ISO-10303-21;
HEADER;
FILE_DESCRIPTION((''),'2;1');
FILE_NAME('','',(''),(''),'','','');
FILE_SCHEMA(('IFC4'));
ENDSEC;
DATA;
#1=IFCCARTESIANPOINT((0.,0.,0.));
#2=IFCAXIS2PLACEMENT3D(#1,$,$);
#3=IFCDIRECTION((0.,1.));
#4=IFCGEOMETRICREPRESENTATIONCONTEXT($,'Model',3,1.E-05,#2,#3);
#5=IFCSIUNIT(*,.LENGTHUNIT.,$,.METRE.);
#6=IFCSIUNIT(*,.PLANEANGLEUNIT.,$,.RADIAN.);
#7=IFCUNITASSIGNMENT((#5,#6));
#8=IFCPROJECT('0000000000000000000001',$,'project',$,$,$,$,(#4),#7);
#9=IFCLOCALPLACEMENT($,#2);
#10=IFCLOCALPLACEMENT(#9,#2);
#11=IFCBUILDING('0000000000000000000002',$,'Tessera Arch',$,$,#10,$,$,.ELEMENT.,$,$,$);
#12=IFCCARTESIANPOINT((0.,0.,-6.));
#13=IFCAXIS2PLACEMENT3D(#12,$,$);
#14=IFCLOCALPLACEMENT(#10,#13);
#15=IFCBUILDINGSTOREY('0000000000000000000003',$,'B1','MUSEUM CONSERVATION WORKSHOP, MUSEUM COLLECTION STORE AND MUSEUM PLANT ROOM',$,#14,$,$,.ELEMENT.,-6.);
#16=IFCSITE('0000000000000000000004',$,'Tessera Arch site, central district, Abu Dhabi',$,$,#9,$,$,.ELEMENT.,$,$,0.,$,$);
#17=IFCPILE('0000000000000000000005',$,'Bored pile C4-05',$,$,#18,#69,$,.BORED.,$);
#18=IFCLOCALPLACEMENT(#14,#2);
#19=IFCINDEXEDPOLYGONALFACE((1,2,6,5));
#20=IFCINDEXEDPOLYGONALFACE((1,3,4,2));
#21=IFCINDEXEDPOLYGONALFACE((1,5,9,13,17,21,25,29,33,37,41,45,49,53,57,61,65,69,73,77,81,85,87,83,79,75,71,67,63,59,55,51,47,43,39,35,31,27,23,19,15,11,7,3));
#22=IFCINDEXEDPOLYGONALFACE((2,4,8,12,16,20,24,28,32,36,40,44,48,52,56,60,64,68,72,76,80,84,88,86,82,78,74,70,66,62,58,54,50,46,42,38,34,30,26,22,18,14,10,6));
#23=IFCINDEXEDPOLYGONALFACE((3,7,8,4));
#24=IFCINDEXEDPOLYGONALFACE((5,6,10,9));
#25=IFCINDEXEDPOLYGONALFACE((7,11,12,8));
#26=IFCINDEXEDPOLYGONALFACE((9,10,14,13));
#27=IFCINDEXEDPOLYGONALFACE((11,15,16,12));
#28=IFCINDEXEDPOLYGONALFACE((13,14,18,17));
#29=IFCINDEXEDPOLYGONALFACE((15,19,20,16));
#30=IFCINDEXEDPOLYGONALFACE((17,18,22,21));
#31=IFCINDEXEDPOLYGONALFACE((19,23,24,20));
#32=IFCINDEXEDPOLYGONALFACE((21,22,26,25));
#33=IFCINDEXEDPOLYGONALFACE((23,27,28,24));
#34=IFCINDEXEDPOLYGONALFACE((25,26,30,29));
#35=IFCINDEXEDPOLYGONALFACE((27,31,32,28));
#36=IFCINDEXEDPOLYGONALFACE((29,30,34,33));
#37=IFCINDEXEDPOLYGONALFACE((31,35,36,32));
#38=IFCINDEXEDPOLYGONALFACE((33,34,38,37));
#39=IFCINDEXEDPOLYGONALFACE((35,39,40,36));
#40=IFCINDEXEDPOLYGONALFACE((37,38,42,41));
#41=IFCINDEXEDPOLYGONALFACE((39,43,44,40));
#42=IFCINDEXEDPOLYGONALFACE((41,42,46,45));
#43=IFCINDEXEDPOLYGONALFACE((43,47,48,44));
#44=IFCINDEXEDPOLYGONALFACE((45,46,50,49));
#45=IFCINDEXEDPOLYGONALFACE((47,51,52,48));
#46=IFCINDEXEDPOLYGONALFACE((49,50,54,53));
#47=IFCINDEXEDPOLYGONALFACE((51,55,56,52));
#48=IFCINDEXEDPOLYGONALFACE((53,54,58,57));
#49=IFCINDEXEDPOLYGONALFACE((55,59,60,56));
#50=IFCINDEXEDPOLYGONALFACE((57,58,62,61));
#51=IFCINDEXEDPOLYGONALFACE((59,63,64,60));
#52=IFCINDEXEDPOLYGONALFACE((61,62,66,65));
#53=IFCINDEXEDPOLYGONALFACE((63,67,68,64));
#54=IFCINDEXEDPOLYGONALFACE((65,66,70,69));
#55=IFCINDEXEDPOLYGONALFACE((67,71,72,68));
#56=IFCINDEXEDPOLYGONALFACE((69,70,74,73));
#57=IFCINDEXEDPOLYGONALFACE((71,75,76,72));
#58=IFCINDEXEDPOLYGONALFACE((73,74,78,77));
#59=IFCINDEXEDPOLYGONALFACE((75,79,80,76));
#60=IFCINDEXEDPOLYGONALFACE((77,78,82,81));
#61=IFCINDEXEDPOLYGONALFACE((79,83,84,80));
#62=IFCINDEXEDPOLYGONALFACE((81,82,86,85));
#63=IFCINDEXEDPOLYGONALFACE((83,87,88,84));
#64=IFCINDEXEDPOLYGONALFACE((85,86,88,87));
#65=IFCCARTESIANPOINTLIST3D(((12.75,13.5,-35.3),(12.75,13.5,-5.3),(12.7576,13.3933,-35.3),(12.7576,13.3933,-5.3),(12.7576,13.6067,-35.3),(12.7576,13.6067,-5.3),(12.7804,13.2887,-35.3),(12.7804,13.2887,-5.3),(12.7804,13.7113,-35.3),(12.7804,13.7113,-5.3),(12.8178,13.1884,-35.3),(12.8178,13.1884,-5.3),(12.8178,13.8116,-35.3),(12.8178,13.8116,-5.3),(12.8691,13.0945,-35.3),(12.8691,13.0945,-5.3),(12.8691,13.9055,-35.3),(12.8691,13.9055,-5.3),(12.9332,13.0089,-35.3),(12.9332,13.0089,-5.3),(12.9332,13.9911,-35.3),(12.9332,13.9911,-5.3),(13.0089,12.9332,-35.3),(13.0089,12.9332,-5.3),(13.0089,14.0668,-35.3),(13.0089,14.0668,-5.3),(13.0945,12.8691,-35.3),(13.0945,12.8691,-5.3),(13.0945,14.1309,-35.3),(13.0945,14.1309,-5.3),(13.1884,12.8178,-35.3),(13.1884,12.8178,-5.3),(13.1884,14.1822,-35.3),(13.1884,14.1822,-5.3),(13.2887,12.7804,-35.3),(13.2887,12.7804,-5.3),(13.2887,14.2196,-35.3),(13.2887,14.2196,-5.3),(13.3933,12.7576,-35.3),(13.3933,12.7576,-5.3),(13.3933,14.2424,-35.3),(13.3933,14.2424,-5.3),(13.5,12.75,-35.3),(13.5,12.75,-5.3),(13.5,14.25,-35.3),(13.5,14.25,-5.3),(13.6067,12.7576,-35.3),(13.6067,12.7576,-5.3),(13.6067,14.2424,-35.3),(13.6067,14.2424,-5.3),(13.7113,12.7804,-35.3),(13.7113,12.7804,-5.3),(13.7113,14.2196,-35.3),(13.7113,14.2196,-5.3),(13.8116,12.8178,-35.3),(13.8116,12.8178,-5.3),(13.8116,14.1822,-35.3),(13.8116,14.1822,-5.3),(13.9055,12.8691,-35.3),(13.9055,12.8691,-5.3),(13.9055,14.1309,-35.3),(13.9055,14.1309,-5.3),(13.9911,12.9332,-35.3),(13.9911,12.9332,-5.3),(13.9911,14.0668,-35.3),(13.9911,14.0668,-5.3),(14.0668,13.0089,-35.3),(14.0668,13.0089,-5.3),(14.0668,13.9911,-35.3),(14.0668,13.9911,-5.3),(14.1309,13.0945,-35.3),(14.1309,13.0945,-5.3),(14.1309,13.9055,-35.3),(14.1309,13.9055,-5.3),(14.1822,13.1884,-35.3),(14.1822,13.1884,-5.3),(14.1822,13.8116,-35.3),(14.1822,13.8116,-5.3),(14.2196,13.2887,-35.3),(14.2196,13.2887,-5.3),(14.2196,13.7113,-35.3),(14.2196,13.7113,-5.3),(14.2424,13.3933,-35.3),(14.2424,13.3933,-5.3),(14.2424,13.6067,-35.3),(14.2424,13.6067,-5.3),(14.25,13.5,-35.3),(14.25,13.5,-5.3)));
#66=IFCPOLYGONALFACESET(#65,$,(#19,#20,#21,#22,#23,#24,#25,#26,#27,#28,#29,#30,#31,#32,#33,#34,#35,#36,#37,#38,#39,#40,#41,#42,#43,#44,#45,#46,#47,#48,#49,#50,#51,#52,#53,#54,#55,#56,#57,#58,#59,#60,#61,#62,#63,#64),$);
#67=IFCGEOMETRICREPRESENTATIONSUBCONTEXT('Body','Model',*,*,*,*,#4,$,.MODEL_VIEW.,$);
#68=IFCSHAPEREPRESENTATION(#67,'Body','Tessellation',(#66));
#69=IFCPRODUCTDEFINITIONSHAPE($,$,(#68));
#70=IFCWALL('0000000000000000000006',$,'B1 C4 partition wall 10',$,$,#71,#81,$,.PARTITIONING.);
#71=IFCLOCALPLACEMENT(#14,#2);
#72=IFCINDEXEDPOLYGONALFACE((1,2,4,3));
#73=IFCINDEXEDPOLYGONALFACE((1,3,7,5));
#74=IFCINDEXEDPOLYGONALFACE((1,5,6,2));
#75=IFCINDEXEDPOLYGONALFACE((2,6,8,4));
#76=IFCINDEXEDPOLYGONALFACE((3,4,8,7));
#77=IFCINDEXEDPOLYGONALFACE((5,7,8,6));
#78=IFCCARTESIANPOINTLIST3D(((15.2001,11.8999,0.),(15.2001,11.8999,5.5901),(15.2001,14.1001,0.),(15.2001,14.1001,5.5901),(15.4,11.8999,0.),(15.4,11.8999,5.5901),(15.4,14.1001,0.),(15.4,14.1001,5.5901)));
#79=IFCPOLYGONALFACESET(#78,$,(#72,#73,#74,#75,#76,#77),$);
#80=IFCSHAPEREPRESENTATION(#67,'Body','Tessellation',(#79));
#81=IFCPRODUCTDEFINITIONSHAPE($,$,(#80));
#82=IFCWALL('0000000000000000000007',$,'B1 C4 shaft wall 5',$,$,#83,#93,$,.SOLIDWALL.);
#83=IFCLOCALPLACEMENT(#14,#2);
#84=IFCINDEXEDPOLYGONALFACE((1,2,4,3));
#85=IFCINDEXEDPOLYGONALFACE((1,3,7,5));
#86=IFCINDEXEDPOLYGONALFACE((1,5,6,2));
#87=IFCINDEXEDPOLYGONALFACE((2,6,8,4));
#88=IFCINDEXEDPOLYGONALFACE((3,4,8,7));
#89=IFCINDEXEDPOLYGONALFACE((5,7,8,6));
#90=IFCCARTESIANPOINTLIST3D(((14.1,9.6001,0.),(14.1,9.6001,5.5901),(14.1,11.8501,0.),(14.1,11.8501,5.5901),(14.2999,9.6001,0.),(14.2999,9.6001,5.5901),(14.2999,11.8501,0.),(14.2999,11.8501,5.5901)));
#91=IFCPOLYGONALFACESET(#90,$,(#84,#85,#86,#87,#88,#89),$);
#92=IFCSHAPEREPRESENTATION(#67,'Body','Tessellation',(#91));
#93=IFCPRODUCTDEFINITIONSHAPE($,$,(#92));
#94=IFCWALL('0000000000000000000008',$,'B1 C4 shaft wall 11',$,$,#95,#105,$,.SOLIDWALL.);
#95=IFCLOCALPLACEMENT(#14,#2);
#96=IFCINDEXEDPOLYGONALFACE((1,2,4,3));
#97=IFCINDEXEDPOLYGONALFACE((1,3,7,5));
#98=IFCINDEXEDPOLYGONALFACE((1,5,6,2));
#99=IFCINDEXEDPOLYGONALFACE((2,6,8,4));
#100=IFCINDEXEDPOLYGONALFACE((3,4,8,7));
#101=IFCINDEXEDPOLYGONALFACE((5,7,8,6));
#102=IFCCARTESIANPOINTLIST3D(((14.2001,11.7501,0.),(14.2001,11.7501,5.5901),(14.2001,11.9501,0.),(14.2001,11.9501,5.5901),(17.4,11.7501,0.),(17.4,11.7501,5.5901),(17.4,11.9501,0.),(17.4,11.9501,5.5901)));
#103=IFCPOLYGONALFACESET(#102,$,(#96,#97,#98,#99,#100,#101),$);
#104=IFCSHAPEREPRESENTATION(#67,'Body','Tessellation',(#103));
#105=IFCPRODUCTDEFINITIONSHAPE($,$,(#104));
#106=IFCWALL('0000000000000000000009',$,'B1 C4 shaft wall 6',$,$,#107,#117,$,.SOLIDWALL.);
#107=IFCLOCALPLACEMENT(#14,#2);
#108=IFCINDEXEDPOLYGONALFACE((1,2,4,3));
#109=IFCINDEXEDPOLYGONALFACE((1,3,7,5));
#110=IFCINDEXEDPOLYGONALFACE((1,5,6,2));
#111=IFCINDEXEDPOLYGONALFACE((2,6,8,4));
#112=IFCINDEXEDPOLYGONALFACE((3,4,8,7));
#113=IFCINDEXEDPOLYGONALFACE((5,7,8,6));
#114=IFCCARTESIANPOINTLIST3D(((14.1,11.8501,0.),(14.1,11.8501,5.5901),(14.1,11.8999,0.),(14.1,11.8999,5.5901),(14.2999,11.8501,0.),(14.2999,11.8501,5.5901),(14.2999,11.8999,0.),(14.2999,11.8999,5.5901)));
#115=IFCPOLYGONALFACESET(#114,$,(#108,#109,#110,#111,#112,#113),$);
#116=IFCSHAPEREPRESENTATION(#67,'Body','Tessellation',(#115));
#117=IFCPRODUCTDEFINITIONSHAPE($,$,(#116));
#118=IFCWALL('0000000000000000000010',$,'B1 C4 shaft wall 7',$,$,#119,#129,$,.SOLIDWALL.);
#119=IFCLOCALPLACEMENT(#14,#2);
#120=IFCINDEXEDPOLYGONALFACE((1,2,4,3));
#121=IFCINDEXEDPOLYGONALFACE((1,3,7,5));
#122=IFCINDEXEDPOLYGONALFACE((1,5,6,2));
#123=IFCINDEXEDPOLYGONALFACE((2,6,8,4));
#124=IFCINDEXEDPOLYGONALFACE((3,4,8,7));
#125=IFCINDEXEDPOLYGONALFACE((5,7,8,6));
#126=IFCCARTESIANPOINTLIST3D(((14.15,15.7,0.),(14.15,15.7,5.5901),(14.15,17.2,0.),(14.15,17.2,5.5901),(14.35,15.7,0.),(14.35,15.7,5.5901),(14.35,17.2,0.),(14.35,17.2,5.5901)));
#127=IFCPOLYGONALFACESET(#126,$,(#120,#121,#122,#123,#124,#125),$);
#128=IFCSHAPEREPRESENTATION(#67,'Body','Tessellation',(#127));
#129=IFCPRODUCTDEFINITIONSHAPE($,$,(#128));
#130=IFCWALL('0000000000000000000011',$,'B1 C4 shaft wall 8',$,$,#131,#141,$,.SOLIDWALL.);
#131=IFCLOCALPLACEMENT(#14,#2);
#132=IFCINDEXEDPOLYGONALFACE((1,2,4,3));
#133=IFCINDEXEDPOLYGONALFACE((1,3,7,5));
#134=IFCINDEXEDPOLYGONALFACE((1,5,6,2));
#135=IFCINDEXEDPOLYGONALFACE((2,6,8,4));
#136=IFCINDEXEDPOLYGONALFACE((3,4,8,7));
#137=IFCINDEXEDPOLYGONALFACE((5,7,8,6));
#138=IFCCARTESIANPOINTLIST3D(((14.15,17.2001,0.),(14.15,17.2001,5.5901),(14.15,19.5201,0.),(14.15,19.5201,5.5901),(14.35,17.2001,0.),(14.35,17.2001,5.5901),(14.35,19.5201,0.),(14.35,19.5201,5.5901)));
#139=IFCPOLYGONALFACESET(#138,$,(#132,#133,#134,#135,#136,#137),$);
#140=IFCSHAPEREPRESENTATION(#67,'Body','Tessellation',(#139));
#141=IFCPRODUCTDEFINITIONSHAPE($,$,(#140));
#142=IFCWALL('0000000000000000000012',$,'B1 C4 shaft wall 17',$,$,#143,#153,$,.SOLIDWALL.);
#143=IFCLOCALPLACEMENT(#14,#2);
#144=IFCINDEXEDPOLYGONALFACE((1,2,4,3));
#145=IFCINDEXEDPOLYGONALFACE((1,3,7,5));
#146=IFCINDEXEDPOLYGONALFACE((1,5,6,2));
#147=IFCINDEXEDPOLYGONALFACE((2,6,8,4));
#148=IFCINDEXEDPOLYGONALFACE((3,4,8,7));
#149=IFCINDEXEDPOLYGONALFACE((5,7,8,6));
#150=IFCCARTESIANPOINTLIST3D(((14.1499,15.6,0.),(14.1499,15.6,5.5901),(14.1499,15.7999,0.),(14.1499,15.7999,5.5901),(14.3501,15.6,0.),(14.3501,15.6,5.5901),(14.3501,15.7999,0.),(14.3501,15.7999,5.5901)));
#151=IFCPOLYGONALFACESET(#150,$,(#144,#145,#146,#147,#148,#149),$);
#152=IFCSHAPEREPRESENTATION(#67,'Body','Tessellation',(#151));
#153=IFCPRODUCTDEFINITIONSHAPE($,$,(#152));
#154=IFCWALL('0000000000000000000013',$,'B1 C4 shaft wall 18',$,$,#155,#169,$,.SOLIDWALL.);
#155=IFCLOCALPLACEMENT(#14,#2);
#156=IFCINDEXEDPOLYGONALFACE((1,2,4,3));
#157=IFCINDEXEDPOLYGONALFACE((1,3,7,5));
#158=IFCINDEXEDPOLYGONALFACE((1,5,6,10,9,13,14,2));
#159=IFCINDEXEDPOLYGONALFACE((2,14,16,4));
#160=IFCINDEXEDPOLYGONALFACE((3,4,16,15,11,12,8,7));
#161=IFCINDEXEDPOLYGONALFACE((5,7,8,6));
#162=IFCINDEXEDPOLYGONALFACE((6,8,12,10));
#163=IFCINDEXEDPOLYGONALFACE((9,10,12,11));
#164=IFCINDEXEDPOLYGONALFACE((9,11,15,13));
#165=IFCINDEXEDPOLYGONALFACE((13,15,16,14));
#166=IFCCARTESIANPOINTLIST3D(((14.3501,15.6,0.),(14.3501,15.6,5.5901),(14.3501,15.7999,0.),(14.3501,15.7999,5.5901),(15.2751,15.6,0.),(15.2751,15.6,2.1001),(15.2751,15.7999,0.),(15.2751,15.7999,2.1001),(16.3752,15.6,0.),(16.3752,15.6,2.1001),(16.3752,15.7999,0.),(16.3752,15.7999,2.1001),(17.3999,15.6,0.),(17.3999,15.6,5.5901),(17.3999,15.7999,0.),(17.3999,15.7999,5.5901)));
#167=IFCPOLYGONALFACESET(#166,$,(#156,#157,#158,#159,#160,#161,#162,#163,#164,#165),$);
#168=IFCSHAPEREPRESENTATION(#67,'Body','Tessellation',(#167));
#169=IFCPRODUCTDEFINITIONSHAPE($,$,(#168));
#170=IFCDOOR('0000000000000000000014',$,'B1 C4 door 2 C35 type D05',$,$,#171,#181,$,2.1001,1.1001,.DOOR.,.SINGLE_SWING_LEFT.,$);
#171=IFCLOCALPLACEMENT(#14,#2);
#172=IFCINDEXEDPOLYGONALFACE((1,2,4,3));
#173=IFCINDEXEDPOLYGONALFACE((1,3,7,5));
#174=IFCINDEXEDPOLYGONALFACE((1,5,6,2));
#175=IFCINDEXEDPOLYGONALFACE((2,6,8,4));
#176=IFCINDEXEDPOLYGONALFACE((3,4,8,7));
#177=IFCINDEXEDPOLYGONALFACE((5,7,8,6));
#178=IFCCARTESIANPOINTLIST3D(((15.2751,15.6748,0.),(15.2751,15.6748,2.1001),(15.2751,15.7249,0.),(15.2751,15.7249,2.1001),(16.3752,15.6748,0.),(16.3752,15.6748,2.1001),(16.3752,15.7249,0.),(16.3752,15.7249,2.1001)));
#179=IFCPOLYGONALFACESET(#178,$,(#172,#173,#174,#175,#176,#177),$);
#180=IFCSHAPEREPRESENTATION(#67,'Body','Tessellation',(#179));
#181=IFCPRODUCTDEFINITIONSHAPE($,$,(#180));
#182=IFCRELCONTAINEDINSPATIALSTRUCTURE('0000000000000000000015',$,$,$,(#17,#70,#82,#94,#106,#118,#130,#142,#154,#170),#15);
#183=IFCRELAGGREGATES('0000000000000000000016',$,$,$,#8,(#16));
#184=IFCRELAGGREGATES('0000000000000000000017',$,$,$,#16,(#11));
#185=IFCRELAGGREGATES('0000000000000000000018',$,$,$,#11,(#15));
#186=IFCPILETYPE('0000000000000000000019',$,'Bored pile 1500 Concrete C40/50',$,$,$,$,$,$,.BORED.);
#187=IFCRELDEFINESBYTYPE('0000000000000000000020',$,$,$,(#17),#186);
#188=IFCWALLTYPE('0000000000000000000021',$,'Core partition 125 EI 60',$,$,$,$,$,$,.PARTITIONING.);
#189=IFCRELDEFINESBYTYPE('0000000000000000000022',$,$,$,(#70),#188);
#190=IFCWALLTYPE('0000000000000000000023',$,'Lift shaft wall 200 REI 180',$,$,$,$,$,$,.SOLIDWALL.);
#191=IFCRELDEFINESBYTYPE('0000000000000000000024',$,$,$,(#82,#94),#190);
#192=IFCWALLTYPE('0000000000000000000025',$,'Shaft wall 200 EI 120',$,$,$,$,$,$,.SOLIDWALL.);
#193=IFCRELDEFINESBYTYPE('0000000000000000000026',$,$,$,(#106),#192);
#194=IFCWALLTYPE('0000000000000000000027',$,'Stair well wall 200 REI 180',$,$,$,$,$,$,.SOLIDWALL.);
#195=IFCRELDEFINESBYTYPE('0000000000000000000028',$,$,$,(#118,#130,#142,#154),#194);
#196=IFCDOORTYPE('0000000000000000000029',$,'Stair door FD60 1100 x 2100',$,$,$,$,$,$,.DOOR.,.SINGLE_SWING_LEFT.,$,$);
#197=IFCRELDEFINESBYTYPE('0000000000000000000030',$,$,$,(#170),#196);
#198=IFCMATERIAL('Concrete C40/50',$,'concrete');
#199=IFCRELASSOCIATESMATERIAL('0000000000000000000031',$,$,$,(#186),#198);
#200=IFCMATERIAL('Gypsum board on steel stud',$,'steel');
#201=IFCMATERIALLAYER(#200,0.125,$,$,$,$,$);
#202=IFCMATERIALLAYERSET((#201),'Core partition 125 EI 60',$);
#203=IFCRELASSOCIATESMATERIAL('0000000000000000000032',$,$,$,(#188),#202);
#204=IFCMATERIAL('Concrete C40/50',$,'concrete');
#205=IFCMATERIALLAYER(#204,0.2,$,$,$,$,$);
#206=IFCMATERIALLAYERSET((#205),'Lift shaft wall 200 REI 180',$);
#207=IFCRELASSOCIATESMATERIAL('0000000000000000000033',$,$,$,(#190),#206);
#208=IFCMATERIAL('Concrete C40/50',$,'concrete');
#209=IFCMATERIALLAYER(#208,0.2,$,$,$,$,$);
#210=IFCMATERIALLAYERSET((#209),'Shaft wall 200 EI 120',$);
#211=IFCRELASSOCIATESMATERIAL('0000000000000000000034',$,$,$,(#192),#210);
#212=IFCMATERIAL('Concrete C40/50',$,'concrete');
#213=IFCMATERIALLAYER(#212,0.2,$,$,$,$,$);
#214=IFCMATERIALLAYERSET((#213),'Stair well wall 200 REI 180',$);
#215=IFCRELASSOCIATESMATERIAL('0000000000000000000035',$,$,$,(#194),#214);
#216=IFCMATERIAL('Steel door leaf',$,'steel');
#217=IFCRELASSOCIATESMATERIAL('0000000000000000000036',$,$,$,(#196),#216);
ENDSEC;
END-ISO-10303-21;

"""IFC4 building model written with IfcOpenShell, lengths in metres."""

from ifc_helpers import new_model, si_unit, direction, frame, frame_2d, origin, origin_2d, place, context, subcontext, project, spatial, rectangle, circle, extrude, material, layer, layer_set, type_object, element, fill, save


model = new_model("IFC4")

# Units and contexts
model_context = context("Model", 3, precision=1e-05, world=origin(), true_north=direction((0.0, 1.0)))
body_context = subcontext(model_context, "Body", "Model", "MODEL_VIEW")
ifc_project = project(units=[si_unit("LENGTHUNIT", "METRE"), si_unit("PLANEANGLEUNIT", "RADIAN")], contexts=[model_context])

# Site, building, storey
site_placement = place(None, origin())
site = spatial("IfcSite", under=ifc_project, at=site_placement, Name="Tessera Arch site, central district, Abu Dhabi", CompositionType="ELEMENT", RefElevation=0.0)
building_placement = place(site_placement, origin())
building = spatial("IfcBuilding", under=site, at=building_placement, Name="Tessera Arch", CompositionType="ELEMENT")
storey_placement = place(building_placement, frame((0.0, 0.0, -6.0)))
storey = spatial("IfcBuildingStorey", under=building, at=storey_placement, Name="B1", Description="MUSEUM CONSERVATION WORKSHOP, MUSEUM COLLECTION STORE AND MUSEUM PLANT ROOM", CompositionType="ELEMENT", Elevation=-6.0)

# Pile
ifc_material_1 = material(Name="Concrete C40/50", Category="concrete")
pile_type = type_object("IfcPileType", Name="Bored pile 1500 Concrete C40/50", PredefinedType="BORED", material=ifc_material_1)
pile_placement = place(storey_placement, frame((13.5, 13.5, -5.3), z_axis=(0.0, 0.0, -1.0), x_axis=(1.0, 0.0, 0.0)))
element("IfcPile", 1, at=pile_placement, inside=storey, type_object=pile_type, Name="Bored pile C4-05", PredefinedType="BORED", context=body_context, shape_type="SweptSolid", body=[
    extrude(circle(Radius=0.75, at=origin_2d()), origin(), (0.0, 0.0, 1.0), 30.0),
])

# Walls
ifc_material_2 = material(Name="Gypsum board on steel stud", Category="steel")
ifc_layer_1 = layer(ifc_material_2, 0.125)
ifc_layer_set_1 = layer_set([ifc_layer_1], Name="Core partition 125 EI 60")
wall_type_1 = type_object("IfcWallType", Name="Core partition 125 EI 60", PredefinedType="PARTITIONING", material=ifc_layer_set_1)
wall_1_placement = place(storey_placement, frame((15.3, 11.8999, 0.0), z_axis=(0.0, 0.0, 1.0), x_axis=(0.0, 1.0, 0.0)))
element("IfcWall", 2, at=wall_1_placement, inside=storey, type_object=wall_type_1, Name="B1 C4 partition wall 10", PredefinedType="PARTITIONING", context=body_context, shape_type="SweptSolid", body=[
    extrude(rectangle(XDim=2.2002, YDim=0.2, at=frame_2d((1.1001, 0.0))), origin(), (0.0, 0.0, 1.0), 5.5901),
])
ifc_material_3 = material(Name="Concrete C40/50", Category="concrete")
ifc_layer_2 = layer(ifc_material_3, 0.2)
ifc_layer_set_2 = layer_set([ifc_layer_2], Name="Lift shaft wall 200 REI 180")
wall_type_2 = type_object("IfcWallType", Name="Lift shaft wall 200 REI 180", PredefinedType="SOLIDWALL", material=ifc_layer_set_2)
wall_2_placement = place(storey_placement, frame((14.2, 9.6001, 0.0), z_axis=(0.0, 0.0, 1.0), x_axis=(0.0, 1.0, 0.0)))
element("IfcWall", 3, at=wall_2_placement, inside=storey, type_object=wall_type_2, Name="B1 C4 shaft wall 5", PredefinedType="SOLIDWALL", context=body_context, shape_type="SweptSolid", body=[
    extrude(rectangle(XDim=2.25, YDim=0.2, at=frame_2d((1.125, 0.0))), origin(), (0.0, 0.0, 1.0), 5.5901),
])
wall_3_placement = place(storey_placement, frame((14.2, 11.8501, 0.0), z_axis=(0.0, 0.0, 1.0), x_axis=(1.0, 0.0, 0.0)))
element("IfcWall", 4, at=wall_3_placement, inside=storey, type_object=wall_type_2, Name="B1 C4 shaft wall 11", PredefinedType="SOLIDWALL", context=body_context, shape_type="SweptSolid", body=[
    extrude(rectangle(XDim=3.2, YDim=0.2, at=frame_2d((1.6001, 0.0))), origin(), (0.0, 0.0, 1.0), 5.5901),
])
ifc_material_4 = material(Name="Concrete C40/50", Category="concrete")
ifc_layer_3 = layer(ifc_material_4, 0.2)
ifc_layer_set_3 = layer_set([ifc_layer_3], Name="Shaft wall 200 EI 120")
wall_type_3 = type_object("IfcWallType", Name="Shaft wall 200 EI 120", PredefinedType="SOLIDWALL", material=ifc_layer_set_3)
wall_4_placement = place(storey_placement, frame((14.2, 11.8501, 0.0), z_axis=(0.0, 0.0, 1.0), x_axis=(0.0, 1.0, 0.0)))
element("IfcWall", 5, at=wall_4_placement, inside=storey, type_object=wall_type_3, Name="B1 C4 shaft wall 6", PredefinedType="SOLIDWALL", context=body_context, shape_type="SweptSolid", body=[
    extrude(rectangle(XDim=0.0498, YDim=0.2, at=frame_2d((0.0249, 0.0))), origin(), (0.0, 0.0, 1.0), 5.5901),
])
ifc_material_5 = material(Name="Concrete C40/50", Category="concrete")
ifc_layer_4 = layer(ifc_material_5, 0.2)
ifc_layer_set_4 = layer_set([ifc_layer_4], Name="Stair well wall 200 REI 180")
wall_type_4 = type_object("IfcWallType", Name="Stair well wall 200 REI 180", PredefinedType="SOLIDWALL", material=ifc_layer_set_4)
wall_5_placement = place(storey_placement, frame((14.25, 15.7, 0.0), z_axis=(0.0, 0.0, 1.0), x_axis=(0.0, 1.0, 0.0)))
element("IfcWall", 6, at=wall_5_placement, inside=storey, type_object=wall_type_4, Name="B1 C4 shaft wall 7", PredefinedType="SOLIDWALL", context=body_context, shape_type="SweptSolid", body=[
    extrude(rectangle(XDim=1.5, YDim=0.2, at=frame_2d((0.75, 0.0))), origin(), (0.0, 0.0, 1.0), 5.5901),
])
wall_6_placement = place(storey_placement, frame((14.25, 17.2, 0.0), z_axis=(0.0, 0.0, 1.0), x_axis=(0.0, 1.0, 0.0)))
element("IfcWall", 7, at=wall_6_placement, inside=storey, type_object=wall_type_4, Name="B1 C4 shaft wall 8", PredefinedType="SOLIDWALL", context=body_context, shape_type="SweptSolid", body=[
    extrude(rectangle(XDim=2.3201, YDim=0.2, at=frame_2d((1.1602, 0.0))), origin(), (0.0, 0.0, 1.0), 5.5901),
])
wall_7_placement = place(storey_placement, frame((14.1499, 15.7, 0.0), z_axis=(0.0, 0.0, 1.0), x_axis=(1.0, 0.0, 0.0)))
element("IfcWall", 8, at=wall_7_placement, inside=storey, type_object=wall_type_4, Name="B1 C4 shaft wall 17", PredefinedType="SOLIDWALL", context=body_context, shape_type="SweptSolid", body=[
    extrude(rectangle(XDim=0.2002, YDim=0.2, at=frame_2d((0.1001, 0.0))), origin(), (0.0, 0.0, 1.0), 5.5901),
])

# Wall, opening, door
wall_8_placement = place(storey_placement, frame((14.3501, 15.7, 0.0), z_axis=(0.0, 0.0, 1.0), x_axis=(1.0, 0.0, 0.0)))
wall_8 = element("IfcWall", 9, at=wall_8_placement, inside=storey, type_object=wall_type_4, Name="B1 C4 shaft wall 18", PredefinedType="SOLIDWALL", context=body_context, shape_type="SweptSolid", body=[
    extrude(rectangle(XDim=3.0498, YDim=0.2, at=frame_2d((1.5249, 0.0))), origin(), (0.0, 0.0, 1.0), 5.5901),
])
opening_placement = place(wall_8_placement, frame((0.925, 0.0, 0.0)))
opening = element("IfcOpeningElement", 10, at=opening_placement, cuts=wall_8, PredefinedType="OPENING", context=body_context, shape_type="SweptSolid", body=[
    extrude(rectangle(XDim=1.1001, YDim=2.1001, at=frame_2d((0.55, 1.05))), frame((0.0, 0.1099, 0.0), z_axis=(0.0, -1.0, 0.0), x_axis=(1.0, 0.0, 0.0)), (0.0, 0.0, 1.0), 0.22),
])
ifc_material_6 = material(Name="Steel door leaf", Category="steel")
door_type = type_object("IfcDoorType", Name="Stair door FD60 1100 x 2100", OperationType="SINGLE_SWING_LEFT", PredefinedType="DOOR", material=ifc_material_6)
door_placement = place(opening_placement, origin())
door = element("IfcDoor", 11, at=door_placement, inside=storey, type_object=door_type, Name="B1 C4 door 2 C35 type D05", OperationType="SINGLE_SWING_LEFT", OverallHeight=2.1001, OverallWidth=1.1001, PredefinedType="DOOR", context=body_context, shape_type="SweptSolid", body=[
    extrude(rectangle(XDim=1.1001, YDim=2.1001, at=frame_2d((0.55, 1.05))), frame((0.0, 0.0249, 0.0), z_axis=(0.0, -1.0, 0.0), x_axis=(1.0, 0.0, 0.0)), (0.0, 0.0, 1.0), 0.05),
])
fill(opening, door)

save(model, "model.ifc")
